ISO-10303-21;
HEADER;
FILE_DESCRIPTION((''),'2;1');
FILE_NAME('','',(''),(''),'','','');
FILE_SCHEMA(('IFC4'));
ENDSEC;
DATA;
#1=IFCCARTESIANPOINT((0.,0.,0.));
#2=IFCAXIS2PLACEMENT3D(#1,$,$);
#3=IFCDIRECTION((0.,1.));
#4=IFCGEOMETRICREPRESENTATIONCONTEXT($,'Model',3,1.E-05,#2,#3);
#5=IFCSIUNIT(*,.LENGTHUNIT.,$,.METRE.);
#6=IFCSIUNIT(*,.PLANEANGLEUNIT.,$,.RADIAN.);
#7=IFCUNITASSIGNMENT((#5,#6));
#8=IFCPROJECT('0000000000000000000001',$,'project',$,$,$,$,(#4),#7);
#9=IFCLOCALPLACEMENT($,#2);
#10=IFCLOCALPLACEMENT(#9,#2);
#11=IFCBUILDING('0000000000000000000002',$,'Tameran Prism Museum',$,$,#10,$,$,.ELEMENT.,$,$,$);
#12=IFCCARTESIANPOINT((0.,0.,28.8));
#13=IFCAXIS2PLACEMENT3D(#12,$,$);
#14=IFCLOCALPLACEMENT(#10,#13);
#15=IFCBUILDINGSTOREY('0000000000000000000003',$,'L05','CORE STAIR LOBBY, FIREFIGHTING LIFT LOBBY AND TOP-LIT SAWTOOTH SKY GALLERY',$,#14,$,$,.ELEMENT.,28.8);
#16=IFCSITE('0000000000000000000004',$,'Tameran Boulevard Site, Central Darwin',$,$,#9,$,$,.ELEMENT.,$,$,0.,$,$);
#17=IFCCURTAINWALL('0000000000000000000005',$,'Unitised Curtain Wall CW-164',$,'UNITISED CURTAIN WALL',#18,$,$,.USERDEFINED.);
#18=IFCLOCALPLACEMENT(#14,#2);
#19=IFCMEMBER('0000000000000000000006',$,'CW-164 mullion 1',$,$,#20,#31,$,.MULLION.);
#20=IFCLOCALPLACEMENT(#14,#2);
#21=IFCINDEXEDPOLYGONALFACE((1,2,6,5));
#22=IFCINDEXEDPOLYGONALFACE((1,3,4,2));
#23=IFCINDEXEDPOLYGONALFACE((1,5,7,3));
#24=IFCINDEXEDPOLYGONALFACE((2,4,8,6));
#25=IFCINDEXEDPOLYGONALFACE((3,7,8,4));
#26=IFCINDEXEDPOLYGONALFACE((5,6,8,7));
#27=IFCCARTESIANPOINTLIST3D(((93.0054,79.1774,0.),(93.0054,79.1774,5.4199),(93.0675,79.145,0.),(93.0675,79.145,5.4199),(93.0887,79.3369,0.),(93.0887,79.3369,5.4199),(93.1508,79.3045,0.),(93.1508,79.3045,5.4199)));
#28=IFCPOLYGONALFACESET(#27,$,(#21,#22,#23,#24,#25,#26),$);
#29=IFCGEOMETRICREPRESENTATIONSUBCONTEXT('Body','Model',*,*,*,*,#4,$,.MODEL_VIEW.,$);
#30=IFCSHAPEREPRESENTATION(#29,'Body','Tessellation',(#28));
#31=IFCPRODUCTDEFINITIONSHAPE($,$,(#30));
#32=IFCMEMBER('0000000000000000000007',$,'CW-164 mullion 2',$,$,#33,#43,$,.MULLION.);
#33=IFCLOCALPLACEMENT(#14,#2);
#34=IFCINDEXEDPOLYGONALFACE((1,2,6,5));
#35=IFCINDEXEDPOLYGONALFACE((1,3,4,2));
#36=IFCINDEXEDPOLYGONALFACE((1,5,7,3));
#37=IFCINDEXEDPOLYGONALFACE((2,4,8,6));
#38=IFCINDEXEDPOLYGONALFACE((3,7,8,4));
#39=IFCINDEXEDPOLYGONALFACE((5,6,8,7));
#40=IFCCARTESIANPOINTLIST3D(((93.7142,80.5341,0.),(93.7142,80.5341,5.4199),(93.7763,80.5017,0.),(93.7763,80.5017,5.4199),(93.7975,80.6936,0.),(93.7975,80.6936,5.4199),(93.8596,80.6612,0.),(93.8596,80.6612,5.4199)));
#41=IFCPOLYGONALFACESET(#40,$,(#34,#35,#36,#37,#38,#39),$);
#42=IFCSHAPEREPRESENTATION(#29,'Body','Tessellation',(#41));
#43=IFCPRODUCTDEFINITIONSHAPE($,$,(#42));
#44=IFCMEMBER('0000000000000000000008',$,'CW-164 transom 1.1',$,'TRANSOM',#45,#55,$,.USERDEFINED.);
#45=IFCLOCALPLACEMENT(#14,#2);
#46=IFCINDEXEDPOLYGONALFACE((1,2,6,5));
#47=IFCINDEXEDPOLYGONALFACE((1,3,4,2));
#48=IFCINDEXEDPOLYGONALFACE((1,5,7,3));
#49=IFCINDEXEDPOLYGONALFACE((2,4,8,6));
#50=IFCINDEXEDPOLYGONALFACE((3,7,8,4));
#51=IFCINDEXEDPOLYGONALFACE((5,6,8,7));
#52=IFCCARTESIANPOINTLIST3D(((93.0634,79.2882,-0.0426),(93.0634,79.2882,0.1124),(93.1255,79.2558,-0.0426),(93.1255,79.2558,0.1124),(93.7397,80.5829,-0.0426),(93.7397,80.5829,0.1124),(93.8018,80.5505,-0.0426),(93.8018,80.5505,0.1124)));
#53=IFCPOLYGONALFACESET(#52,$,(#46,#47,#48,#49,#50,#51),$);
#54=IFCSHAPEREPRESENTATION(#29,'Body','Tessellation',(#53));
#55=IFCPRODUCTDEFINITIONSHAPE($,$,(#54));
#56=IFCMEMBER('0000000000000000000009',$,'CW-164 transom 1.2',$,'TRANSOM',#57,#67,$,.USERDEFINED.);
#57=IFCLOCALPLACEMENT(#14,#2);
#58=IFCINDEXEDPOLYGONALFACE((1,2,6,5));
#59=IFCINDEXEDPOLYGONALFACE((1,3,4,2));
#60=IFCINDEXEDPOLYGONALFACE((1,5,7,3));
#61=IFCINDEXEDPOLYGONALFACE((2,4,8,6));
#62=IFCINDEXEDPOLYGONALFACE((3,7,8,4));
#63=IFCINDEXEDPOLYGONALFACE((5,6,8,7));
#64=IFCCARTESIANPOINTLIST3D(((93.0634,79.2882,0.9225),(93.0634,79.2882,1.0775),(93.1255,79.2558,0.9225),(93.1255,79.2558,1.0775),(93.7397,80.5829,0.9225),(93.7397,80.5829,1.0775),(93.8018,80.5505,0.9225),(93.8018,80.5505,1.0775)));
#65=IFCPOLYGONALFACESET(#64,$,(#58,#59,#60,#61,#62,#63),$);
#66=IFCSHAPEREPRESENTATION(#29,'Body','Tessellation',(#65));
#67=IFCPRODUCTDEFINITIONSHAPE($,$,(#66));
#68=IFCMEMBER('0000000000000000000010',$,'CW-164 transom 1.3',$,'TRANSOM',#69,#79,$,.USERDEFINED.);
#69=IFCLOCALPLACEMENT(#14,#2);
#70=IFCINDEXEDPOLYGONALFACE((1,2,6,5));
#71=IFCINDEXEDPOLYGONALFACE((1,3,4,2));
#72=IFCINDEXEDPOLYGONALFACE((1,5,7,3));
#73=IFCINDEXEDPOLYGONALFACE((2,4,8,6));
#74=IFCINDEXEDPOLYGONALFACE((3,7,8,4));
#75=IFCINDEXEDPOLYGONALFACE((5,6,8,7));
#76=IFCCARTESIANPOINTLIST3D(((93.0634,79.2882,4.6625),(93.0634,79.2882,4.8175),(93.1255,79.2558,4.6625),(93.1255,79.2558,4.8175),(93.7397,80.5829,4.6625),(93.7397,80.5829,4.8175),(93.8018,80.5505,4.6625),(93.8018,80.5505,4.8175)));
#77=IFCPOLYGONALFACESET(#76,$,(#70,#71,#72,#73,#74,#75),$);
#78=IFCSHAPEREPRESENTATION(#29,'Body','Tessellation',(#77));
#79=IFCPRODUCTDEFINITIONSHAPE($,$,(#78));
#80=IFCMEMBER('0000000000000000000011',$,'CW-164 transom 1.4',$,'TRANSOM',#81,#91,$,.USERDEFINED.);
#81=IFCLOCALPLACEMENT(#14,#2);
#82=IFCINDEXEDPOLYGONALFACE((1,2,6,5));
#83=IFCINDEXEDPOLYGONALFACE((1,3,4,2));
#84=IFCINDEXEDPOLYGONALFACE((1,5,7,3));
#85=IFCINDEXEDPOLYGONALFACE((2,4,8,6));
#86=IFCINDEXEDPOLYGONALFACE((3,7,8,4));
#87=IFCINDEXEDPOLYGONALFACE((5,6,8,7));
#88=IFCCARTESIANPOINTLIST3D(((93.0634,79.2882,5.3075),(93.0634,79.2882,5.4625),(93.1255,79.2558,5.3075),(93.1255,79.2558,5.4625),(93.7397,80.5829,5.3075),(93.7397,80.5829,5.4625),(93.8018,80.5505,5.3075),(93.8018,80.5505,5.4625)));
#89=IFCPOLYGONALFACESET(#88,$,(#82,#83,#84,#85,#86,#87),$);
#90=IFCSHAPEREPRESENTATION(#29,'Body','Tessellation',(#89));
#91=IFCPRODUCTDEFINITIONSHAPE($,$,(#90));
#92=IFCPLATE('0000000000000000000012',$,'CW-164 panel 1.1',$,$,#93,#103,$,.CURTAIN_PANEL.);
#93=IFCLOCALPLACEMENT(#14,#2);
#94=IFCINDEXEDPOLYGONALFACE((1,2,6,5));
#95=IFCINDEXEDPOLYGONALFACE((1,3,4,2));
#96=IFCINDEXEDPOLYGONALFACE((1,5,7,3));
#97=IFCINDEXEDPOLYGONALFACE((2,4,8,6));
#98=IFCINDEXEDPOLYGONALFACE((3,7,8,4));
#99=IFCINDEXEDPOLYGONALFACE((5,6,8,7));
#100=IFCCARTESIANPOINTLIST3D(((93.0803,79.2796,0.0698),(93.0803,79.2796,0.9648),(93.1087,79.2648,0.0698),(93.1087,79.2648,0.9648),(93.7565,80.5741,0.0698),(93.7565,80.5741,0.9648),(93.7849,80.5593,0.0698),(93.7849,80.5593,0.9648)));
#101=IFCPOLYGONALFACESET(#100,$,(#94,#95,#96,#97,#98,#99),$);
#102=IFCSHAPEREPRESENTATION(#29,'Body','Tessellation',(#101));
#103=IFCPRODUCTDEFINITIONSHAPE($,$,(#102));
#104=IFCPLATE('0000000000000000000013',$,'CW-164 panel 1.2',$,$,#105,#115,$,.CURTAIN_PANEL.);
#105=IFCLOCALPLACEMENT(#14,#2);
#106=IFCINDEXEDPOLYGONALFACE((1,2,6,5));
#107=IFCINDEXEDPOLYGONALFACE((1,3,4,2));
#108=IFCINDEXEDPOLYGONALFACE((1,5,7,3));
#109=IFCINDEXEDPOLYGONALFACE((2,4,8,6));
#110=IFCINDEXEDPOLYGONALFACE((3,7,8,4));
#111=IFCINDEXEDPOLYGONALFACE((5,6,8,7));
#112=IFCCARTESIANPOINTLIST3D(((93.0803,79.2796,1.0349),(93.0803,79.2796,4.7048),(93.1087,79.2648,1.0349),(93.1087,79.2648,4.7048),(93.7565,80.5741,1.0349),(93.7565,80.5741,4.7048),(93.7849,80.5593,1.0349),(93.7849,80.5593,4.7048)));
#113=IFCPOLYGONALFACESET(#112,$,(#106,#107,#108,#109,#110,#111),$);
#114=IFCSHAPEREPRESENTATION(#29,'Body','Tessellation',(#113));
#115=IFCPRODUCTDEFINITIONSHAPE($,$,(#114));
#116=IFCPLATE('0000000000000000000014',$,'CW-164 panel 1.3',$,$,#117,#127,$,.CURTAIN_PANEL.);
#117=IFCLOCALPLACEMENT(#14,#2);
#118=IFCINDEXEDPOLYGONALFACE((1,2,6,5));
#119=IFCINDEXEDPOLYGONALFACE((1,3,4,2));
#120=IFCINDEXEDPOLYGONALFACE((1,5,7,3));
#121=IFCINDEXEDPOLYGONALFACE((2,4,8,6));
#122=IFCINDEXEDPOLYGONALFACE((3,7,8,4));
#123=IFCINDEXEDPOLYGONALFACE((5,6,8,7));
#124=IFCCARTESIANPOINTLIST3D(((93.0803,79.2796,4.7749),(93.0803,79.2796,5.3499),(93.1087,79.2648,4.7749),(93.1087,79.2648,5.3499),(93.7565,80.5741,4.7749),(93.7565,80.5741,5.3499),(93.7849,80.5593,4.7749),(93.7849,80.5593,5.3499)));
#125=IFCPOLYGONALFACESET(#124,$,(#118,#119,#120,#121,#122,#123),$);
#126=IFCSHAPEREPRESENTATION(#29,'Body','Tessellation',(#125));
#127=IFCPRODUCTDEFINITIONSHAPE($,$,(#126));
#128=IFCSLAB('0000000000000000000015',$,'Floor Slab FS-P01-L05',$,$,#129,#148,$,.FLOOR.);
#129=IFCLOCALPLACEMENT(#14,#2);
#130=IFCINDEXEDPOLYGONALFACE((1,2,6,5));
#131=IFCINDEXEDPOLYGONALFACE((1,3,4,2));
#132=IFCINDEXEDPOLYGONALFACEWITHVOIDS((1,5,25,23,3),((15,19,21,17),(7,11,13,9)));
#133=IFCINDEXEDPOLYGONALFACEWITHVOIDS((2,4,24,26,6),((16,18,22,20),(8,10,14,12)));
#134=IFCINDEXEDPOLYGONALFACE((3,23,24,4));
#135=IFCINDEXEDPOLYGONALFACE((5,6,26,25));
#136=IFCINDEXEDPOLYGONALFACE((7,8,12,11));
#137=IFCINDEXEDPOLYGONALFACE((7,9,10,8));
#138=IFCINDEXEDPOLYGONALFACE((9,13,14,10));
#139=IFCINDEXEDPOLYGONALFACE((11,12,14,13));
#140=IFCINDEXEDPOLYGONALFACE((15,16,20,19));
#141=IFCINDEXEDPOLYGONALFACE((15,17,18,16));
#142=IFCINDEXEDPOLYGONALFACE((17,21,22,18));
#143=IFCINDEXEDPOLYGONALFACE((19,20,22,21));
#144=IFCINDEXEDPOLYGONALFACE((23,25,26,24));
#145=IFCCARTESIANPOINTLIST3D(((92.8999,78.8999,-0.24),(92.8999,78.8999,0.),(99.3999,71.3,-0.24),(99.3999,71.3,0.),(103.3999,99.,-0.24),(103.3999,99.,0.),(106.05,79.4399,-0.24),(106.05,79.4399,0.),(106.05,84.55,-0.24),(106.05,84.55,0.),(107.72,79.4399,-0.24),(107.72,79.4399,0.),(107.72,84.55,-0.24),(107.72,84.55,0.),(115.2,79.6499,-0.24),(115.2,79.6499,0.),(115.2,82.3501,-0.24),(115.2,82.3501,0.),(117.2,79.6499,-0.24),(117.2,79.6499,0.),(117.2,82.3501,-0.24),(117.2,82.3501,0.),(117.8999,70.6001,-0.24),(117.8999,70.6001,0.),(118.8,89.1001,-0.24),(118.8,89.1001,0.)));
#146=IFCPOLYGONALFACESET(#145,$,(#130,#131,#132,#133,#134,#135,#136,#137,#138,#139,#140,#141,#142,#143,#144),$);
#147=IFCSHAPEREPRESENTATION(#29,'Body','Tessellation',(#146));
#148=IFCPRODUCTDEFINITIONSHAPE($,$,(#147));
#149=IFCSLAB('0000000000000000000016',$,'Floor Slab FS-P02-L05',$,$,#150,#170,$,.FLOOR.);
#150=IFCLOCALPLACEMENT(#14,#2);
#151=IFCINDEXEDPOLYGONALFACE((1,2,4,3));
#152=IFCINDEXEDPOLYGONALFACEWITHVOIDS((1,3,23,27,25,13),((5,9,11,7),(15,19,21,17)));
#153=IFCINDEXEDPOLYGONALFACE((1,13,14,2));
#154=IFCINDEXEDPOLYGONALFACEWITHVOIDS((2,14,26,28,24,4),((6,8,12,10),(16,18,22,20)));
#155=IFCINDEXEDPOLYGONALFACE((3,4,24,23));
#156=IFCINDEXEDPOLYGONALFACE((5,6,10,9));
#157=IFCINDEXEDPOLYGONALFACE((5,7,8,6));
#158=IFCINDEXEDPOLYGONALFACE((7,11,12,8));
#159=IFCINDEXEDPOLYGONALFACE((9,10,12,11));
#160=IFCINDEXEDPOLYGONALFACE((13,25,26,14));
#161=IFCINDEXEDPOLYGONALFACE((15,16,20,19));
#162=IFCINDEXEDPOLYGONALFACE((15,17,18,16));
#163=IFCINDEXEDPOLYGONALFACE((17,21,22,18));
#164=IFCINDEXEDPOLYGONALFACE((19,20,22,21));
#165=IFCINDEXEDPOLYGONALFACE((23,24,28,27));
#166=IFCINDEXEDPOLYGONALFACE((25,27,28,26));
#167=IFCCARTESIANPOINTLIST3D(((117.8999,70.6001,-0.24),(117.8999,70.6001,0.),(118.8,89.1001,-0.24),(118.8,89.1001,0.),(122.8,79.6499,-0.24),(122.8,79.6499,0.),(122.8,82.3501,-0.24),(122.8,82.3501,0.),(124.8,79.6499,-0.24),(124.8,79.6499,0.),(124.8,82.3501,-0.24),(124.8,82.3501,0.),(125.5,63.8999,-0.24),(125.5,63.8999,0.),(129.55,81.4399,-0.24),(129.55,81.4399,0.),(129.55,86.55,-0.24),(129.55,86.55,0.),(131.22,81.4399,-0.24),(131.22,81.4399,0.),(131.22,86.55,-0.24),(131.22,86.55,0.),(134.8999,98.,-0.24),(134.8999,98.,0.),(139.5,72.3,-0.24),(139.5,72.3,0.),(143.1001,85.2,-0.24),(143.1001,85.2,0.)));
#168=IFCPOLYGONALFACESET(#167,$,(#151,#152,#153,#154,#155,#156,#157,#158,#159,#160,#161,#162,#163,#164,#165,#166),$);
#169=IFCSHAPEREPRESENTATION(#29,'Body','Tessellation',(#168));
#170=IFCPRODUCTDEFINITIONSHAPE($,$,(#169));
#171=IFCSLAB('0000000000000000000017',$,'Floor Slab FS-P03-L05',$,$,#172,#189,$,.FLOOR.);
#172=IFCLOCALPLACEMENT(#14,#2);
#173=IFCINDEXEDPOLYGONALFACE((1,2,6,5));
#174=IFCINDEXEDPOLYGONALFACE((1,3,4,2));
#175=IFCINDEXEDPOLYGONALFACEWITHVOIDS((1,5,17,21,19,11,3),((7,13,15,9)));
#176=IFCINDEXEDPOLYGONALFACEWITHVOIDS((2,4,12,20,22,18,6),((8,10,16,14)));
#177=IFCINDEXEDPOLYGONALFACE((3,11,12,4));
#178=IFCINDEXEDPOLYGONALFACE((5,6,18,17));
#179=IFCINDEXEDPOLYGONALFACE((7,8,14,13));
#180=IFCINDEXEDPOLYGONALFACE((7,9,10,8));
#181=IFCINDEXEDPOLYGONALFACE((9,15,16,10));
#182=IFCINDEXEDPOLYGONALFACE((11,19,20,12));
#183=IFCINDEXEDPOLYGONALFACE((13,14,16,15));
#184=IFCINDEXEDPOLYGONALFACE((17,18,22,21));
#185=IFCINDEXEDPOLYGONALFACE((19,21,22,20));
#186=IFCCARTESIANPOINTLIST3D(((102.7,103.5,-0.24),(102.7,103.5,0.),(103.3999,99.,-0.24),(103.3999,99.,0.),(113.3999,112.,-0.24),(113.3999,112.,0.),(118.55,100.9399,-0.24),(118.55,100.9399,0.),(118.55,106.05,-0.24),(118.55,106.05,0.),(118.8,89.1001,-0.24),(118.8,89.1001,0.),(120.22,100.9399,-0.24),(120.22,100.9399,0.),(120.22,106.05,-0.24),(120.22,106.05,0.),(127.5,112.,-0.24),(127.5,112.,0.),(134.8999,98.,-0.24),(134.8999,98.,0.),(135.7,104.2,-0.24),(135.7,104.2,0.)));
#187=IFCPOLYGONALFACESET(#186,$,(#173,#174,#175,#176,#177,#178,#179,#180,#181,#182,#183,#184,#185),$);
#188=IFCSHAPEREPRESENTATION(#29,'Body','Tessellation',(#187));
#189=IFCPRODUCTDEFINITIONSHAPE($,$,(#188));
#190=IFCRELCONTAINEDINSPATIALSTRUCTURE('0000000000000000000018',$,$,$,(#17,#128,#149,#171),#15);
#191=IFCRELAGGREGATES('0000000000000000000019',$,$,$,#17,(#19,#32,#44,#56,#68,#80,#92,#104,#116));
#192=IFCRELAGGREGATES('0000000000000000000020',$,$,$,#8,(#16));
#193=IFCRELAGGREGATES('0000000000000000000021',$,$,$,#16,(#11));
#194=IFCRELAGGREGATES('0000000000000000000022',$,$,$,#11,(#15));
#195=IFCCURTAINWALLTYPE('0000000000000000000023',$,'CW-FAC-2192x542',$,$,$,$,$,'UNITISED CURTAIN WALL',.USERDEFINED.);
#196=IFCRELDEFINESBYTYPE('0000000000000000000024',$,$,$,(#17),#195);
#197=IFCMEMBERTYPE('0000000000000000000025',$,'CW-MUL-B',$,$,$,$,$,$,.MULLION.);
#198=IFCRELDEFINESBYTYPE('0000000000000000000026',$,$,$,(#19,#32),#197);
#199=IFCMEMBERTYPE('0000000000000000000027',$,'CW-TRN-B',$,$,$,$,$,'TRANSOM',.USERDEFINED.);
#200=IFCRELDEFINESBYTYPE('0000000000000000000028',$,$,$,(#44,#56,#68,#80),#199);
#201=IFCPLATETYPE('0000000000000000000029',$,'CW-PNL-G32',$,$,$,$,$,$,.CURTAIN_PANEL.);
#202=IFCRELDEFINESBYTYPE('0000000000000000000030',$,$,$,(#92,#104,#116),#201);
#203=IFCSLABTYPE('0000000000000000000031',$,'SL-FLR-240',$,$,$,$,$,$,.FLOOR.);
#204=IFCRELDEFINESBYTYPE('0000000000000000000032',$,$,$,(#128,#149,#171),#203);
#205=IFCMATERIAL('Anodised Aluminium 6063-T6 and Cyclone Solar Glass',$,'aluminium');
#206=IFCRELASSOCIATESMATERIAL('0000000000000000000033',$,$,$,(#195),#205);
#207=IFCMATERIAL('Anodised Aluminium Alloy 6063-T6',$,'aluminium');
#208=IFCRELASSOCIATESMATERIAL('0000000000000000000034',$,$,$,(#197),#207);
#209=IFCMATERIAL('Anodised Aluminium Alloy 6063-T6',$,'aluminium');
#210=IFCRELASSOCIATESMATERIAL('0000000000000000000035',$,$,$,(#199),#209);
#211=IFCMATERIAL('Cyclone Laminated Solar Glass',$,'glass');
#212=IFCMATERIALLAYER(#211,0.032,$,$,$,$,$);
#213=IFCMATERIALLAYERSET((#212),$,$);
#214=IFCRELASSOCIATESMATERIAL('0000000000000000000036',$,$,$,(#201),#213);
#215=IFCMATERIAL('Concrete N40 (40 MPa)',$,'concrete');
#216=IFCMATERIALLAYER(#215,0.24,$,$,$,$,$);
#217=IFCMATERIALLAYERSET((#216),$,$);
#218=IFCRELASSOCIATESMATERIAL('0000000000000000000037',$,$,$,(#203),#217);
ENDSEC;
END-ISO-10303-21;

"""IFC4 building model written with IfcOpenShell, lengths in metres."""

from ifc_helpers import new_model, si_unit, direction, frame, origin, origin_2d, place, context, subcontext, project, spatial, polyline, rectangle, outline, extrude, material, layer, layer_set, material_profile, profile_set, type_object, element, aggregate, save


model = new_model("IFC4")

# Units and contexts
model_context = context("Model", 3, precision=1e-05, world=origin(), true_north=direction((0.0, 1.0)))
body_context = subcontext(model_context, "Body", "Model", "MODEL_VIEW")
ifc_project = project(units=[si_unit("LENGTHUNIT", "METRE"), si_unit("PLANEANGLEUNIT", "RADIAN")], contexts=[model_context])

# Site, building, storey
site_placement = place(None, origin())
site = spatial("IfcSite", under=ifc_project, at=site_placement, Name="Tameran Boulevard Site, Central Darwin", CompositionType="ELEMENT", RefElevation=0.0)
building_placement = place(site_placement, origin())
building = spatial("IfcBuilding", under=site, at=building_placement, Name="Tameran Prism Museum", CompositionType="ELEMENT")
storey_placement = place(building_placement, frame((0.0, 0.0, 28.8)))
storey = spatial("IfcBuildingStorey", under=building, at=storey_placement, Name="L05", Description="CORE STAIR LOBBY, FIREFIGHTING LIFT LOBBY AND TOP-LIT SAWTOOTH SKY GALLERY", CompositionType="ELEMENT", Elevation=28.8)

# Curtain wall, members, plates
ifc_material_1 = material(Name="Anodised Aluminium 6063-T6 and Cyclone Solar Glass", Category="aluminium")
curtain_wall_type = type_object("IfcCurtainWallType", Name="CW-FAC-2192x542", ElementType="UNITISED CURTAIN WALL", PredefinedType="USERDEFINED", material=ifc_material_1)
curtain_wall_placement = place(storey_placement, origin())
curtain_wall = element("IfcCurtainWall", 1, at=curtain_wall_placement, inside=storey, type_object=curtain_wall_type, Name="Unitised Curtain Wall CW-164", ObjectType="UNITISED CURTAIN WALL", PredefinedType="USERDEFINED")
ifc_material_2 = material(Name="Anodised Aluminium Alloy 6063-T6", Category="aluminium")
ifc_material_profile_1 = material_profile(ifc_material_2, rectangle(XDim=0.0701, YDim=0.1799, at=origin_2d()))
ifc_profile_set_1 = profile_set([ifc_material_profile_1])
member_type_1 = type_object("IfcMemberType", Name="CW-MUL-B", PredefinedType="MULLION", material=ifc_profile_set_1)
member_1_placement = place(storey_placement, frame((93.0781, 79.241, 0.0), z_axis=(0.0, 0.0, 1.0), x_axis=(-0.886357, 0.463003, 0.0)))
member_1 = element("IfcMember", 2, at=member_1_placement, type_object=member_type_1, Name="CW-164 mullion 1", PredefinedType="MULLION", context=body_context, shape_type="SweptSolid", body=[
    extrude(rectangle(XDim=0.0701, YDim=0.1799, at=origin_2d()), origin(), (0.0, 0.0, 1.0), 5.4199),
])
member_2_placement = place(storey_placement, frame((93.7869, 80.5977, 0.0), z_axis=(0.0, 0.0, 1.0), x_axis=(-0.886357, 0.463003, 0.0)))
member_2 = element("IfcMember", 3, at=member_2_placement, type_object=member_type_1, Name="CW-164 mullion 2", PredefinedType="MULLION", context=body_context, shape_type="SweptSolid", body=[
    extrude(rectangle(XDim=0.0701, YDim=0.1799, at=origin_2d()), origin(), (0.0, 0.0, 1.0), 5.4199),
])
ifc_material_3 = material(Name="Anodised Aluminium Alloy 6063-T6", Category="aluminium")
ifc_material_profile_2 = material_profile(ifc_material_3, rectangle(XDim=0.0701, YDim=0.155, at=origin_2d()))
ifc_profile_set_2 = profile_set([ifc_material_profile_2])
member_type_2 = type_object("IfcMemberType", Name="CW-TRN-B", ElementType="TRANSOM", PredefinedType="USERDEFINED", material=ifc_profile_set_2)
member_3_placement = place(storey_placement, frame((93.0945, 79.272, 0.0349), z_axis=(0.462989, 0.886364, 0.0), x_axis=(-0.886364, 0.462989, 0.0)))
member_3 = element("IfcMember", 4, at=member_3_placement, type_object=member_type_2, Name="CW-164 transom 1.1", ObjectType="TRANSOM", PredefinedType="USERDEFINED", context=body_context, shape_type="SweptSolid", body=[
    extrude(rectangle(XDim=0.0701, YDim=0.155, at=origin_2d()), origin(), (0.0, 0.0, 1.0), 1.4607),
])
member_4_placement = place(storey_placement, frame((93.0945, 79.272, 1.0), z_axis=(0.462989, 0.886364, 0.0), x_axis=(-0.886364, 0.462989, 0.0)))
member_4 = element("IfcMember", 5, at=member_4_placement, type_object=member_type_2, Name="CW-164 transom 1.2", ObjectType="TRANSOM", PredefinedType="USERDEFINED", context=body_context, shape_type="SweptSolid", body=[
    extrude(rectangle(XDim=0.0701, YDim=0.155, at=origin_2d()), origin(), (0.0, 0.0, 1.0), 1.4607),
])
member_5_placement = place(storey_placement, frame((93.0945, 79.272, 4.74), z_axis=(0.462989, 0.886364, 0.0), x_axis=(-0.886364, 0.462989, 0.0)))
member_5 = element("IfcMember", 6, at=member_5_placement, type_object=member_type_2, Name="CW-164 transom 1.3", ObjectType="TRANSOM", PredefinedType="USERDEFINED", context=body_context, shape_type="SweptSolid", body=[
    extrude(rectangle(XDim=0.0701, YDim=0.155, at=origin_2d()), origin(), (0.0, 0.0, 1.0), 1.4607),
])
member_6_placement = place(storey_placement, frame((93.0945, 79.272, 5.385), z_axis=(0.462989, 0.886364, 0.0), x_axis=(-0.886364, 0.462989, 0.0)))
member_6 = element("IfcMember", 7, at=member_6_placement, type_object=member_type_2, Name="CW-164 transom 1.4", ObjectType="TRANSOM", PredefinedType="USERDEFINED", context=body_context, shape_type="SweptSolid", body=[
    extrude(rectangle(XDim=0.0701, YDim=0.155, at=origin_2d()), origin(), (0.0, 0.0, 1.0), 1.4607),
])
ifc_material_4 = material(Name="Cyclone Laminated Solar Glass", Category="glass")
ifc_layer_1 = layer(ifc_material_4, 0.032)
ifc_layer_set_1 = layer_set([ifc_layer_1])
plate_type = type_object("IfcPlateType", Name="CW-PNL-G32", PredefinedType="CURTAIN_PANEL", material=ifc_layer_set_1)
plate_1_placement = place(storey_placement, frame((93.4326, 79.9194, 0.0698), z_axis=(0.0, 0.0, 1.0), x_axis=(0.463003, 0.886357, 0.0)))
plate_1 = element("IfcPlate", 8, at=plate_1_placement, type_object=plate_type, Name="CW-164 panel 1.1", PredefinedType="CURTAIN_PANEL", context=body_context, shape_type="SweptSolid", body=[
    extrude(rectangle(XDim=1.4604, YDim=0.032, at=origin_2d()), origin(), (0.0, 0.0, 1.0), 0.895),
])
plate_2_placement = place(storey_placement, frame((93.4326, 79.9194, 1.0349), z_axis=(0.0, 0.0, 1.0), x_axis=(0.463003, 0.886357, 0.0)))
plate_2 = element("IfcPlate", 9, at=plate_2_placement, type_object=plate_type, Name="CW-164 panel 1.2", PredefinedType="CURTAIN_PANEL", context=body_context, shape_type="SweptSolid", body=[
    extrude(rectangle(XDim=1.4604, YDim=0.032, at=origin_2d()), origin(), (0.0, 0.0, 1.0), 3.6699),
])
plate_3_placement = place(storey_placement, frame((93.4326, 79.9194, 4.7749), z_axis=(0.0, 0.0, 1.0), x_axis=(0.463003, 0.886357, 0.0)))
plate_3 = element("IfcPlate", 10, at=plate_3_placement, type_object=plate_type, Name="CW-164 panel 1.3", PredefinedType="CURTAIN_PANEL", context=body_context, shape_type="SweptSolid", body=[
    extrude(rectangle(XDim=1.4604, YDim=0.032, at=origin_2d()), origin(), (0.0, 0.0, 1.0), 0.575),
])
aggregate(curtain_wall, [member_1, member_2, member_3, member_4, member_5, member_6, plate_1, plate_2, plate_3])

# Slabs
ifc_material_5 = material(Name="Concrete N40 (40 MPa)", Category="concrete")
ifc_layer_2 = layer(ifc_material_5, 0.24)
ifc_layer_set_2 = layer_set([ifc_layer_2])
slab_type_1 = type_object("IfcSlabType", Name="SL-FLR-240", PredefinedType="FLOOR", material=ifc_layer_set_2)
slab_1_placement = place(storey_placement, frame((0.0, 0.0, -0.24)))
element("IfcSlab", 11, at=slab_1_placement, inside=storey, type_object=slab_type_1, Name="Floor Slab FS-P01-L05", PredefinedType="FLOOR", context=body_context, shape_type="SweptSolid", body=[
    extrude(outline(polyline([(92.8999, 78.8999), (103.3999, 99.0), (118.8, 89.1001), (117.8999, 70.6001), (99.3999, 71.3), (92.8999, 78.8999)]), holes=[polyline([(117.2, 79.6499), (117.2, 82.3501), (115.2, 82.3501), (115.2, 79.6499), (117.2, 79.6499)]), polyline([(107.72, 79.4399), (107.72, 84.55), (106.05, 84.55), (106.05, 79.4399), (107.72, 79.4399)])]), origin(), (0.0, 0.0, 1.0), 0.24),
])
slab_2_placement = place(storey_placement, frame((0.0, 0.0, -0.24)))
element("IfcSlab", 12, at=slab_2_placement, inside=storey, type_object=slab_type_1, Name="Floor Slab FS-P02-L05", PredefinedType="FLOOR", context=body_context, shape_type="SweptSolid", body=[
    extrude(outline(polyline([(118.8, 89.1001), (134.8999, 98.0), (143.1001, 85.2), (139.5, 72.3), (125.5, 63.8999), (117.8999, 70.6001), (118.8, 89.1001)]), holes=[polyline([(124.8, 79.6499), (124.8, 82.3501), (122.8, 82.3501), (122.8, 79.6499), (124.8, 79.6499)]), polyline([(131.22, 81.4399), (131.22, 86.55), (129.55, 86.55), (129.55, 81.4399), (131.22, 81.4399)])]), origin(), (0.0, 0.0, 1.0), 0.24),
])
slab_3_placement = place(storey_placement, frame((0.0, 0.0, -0.24)))
element("IfcSlab", 13, at=slab_3_placement, inside=storey, type_object=slab_type_1, Name="Floor Slab FS-P03-L05", PredefinedType="FLOOR", context=body_context, shape_type="SweptSolid", body=[
    extrude(outline(polyline([(102.7, 103.5), (113.3999, 112.0), (127.5, 112.0), (135.7, 104.2), (134.8999, 98.0), (118.8, 89.1001), (103.3999, 99.0), (102.7, 103.5)]), holes=[polyline([(120.22, 106.05), (118.55, 106.05), (118.55, 100.9399), (120.22, 100.9399), (120.22, 106.05)])]), origin(), (0.0, 0.0, 1.0), 0.24),
])

save(model, "model.ifc")
